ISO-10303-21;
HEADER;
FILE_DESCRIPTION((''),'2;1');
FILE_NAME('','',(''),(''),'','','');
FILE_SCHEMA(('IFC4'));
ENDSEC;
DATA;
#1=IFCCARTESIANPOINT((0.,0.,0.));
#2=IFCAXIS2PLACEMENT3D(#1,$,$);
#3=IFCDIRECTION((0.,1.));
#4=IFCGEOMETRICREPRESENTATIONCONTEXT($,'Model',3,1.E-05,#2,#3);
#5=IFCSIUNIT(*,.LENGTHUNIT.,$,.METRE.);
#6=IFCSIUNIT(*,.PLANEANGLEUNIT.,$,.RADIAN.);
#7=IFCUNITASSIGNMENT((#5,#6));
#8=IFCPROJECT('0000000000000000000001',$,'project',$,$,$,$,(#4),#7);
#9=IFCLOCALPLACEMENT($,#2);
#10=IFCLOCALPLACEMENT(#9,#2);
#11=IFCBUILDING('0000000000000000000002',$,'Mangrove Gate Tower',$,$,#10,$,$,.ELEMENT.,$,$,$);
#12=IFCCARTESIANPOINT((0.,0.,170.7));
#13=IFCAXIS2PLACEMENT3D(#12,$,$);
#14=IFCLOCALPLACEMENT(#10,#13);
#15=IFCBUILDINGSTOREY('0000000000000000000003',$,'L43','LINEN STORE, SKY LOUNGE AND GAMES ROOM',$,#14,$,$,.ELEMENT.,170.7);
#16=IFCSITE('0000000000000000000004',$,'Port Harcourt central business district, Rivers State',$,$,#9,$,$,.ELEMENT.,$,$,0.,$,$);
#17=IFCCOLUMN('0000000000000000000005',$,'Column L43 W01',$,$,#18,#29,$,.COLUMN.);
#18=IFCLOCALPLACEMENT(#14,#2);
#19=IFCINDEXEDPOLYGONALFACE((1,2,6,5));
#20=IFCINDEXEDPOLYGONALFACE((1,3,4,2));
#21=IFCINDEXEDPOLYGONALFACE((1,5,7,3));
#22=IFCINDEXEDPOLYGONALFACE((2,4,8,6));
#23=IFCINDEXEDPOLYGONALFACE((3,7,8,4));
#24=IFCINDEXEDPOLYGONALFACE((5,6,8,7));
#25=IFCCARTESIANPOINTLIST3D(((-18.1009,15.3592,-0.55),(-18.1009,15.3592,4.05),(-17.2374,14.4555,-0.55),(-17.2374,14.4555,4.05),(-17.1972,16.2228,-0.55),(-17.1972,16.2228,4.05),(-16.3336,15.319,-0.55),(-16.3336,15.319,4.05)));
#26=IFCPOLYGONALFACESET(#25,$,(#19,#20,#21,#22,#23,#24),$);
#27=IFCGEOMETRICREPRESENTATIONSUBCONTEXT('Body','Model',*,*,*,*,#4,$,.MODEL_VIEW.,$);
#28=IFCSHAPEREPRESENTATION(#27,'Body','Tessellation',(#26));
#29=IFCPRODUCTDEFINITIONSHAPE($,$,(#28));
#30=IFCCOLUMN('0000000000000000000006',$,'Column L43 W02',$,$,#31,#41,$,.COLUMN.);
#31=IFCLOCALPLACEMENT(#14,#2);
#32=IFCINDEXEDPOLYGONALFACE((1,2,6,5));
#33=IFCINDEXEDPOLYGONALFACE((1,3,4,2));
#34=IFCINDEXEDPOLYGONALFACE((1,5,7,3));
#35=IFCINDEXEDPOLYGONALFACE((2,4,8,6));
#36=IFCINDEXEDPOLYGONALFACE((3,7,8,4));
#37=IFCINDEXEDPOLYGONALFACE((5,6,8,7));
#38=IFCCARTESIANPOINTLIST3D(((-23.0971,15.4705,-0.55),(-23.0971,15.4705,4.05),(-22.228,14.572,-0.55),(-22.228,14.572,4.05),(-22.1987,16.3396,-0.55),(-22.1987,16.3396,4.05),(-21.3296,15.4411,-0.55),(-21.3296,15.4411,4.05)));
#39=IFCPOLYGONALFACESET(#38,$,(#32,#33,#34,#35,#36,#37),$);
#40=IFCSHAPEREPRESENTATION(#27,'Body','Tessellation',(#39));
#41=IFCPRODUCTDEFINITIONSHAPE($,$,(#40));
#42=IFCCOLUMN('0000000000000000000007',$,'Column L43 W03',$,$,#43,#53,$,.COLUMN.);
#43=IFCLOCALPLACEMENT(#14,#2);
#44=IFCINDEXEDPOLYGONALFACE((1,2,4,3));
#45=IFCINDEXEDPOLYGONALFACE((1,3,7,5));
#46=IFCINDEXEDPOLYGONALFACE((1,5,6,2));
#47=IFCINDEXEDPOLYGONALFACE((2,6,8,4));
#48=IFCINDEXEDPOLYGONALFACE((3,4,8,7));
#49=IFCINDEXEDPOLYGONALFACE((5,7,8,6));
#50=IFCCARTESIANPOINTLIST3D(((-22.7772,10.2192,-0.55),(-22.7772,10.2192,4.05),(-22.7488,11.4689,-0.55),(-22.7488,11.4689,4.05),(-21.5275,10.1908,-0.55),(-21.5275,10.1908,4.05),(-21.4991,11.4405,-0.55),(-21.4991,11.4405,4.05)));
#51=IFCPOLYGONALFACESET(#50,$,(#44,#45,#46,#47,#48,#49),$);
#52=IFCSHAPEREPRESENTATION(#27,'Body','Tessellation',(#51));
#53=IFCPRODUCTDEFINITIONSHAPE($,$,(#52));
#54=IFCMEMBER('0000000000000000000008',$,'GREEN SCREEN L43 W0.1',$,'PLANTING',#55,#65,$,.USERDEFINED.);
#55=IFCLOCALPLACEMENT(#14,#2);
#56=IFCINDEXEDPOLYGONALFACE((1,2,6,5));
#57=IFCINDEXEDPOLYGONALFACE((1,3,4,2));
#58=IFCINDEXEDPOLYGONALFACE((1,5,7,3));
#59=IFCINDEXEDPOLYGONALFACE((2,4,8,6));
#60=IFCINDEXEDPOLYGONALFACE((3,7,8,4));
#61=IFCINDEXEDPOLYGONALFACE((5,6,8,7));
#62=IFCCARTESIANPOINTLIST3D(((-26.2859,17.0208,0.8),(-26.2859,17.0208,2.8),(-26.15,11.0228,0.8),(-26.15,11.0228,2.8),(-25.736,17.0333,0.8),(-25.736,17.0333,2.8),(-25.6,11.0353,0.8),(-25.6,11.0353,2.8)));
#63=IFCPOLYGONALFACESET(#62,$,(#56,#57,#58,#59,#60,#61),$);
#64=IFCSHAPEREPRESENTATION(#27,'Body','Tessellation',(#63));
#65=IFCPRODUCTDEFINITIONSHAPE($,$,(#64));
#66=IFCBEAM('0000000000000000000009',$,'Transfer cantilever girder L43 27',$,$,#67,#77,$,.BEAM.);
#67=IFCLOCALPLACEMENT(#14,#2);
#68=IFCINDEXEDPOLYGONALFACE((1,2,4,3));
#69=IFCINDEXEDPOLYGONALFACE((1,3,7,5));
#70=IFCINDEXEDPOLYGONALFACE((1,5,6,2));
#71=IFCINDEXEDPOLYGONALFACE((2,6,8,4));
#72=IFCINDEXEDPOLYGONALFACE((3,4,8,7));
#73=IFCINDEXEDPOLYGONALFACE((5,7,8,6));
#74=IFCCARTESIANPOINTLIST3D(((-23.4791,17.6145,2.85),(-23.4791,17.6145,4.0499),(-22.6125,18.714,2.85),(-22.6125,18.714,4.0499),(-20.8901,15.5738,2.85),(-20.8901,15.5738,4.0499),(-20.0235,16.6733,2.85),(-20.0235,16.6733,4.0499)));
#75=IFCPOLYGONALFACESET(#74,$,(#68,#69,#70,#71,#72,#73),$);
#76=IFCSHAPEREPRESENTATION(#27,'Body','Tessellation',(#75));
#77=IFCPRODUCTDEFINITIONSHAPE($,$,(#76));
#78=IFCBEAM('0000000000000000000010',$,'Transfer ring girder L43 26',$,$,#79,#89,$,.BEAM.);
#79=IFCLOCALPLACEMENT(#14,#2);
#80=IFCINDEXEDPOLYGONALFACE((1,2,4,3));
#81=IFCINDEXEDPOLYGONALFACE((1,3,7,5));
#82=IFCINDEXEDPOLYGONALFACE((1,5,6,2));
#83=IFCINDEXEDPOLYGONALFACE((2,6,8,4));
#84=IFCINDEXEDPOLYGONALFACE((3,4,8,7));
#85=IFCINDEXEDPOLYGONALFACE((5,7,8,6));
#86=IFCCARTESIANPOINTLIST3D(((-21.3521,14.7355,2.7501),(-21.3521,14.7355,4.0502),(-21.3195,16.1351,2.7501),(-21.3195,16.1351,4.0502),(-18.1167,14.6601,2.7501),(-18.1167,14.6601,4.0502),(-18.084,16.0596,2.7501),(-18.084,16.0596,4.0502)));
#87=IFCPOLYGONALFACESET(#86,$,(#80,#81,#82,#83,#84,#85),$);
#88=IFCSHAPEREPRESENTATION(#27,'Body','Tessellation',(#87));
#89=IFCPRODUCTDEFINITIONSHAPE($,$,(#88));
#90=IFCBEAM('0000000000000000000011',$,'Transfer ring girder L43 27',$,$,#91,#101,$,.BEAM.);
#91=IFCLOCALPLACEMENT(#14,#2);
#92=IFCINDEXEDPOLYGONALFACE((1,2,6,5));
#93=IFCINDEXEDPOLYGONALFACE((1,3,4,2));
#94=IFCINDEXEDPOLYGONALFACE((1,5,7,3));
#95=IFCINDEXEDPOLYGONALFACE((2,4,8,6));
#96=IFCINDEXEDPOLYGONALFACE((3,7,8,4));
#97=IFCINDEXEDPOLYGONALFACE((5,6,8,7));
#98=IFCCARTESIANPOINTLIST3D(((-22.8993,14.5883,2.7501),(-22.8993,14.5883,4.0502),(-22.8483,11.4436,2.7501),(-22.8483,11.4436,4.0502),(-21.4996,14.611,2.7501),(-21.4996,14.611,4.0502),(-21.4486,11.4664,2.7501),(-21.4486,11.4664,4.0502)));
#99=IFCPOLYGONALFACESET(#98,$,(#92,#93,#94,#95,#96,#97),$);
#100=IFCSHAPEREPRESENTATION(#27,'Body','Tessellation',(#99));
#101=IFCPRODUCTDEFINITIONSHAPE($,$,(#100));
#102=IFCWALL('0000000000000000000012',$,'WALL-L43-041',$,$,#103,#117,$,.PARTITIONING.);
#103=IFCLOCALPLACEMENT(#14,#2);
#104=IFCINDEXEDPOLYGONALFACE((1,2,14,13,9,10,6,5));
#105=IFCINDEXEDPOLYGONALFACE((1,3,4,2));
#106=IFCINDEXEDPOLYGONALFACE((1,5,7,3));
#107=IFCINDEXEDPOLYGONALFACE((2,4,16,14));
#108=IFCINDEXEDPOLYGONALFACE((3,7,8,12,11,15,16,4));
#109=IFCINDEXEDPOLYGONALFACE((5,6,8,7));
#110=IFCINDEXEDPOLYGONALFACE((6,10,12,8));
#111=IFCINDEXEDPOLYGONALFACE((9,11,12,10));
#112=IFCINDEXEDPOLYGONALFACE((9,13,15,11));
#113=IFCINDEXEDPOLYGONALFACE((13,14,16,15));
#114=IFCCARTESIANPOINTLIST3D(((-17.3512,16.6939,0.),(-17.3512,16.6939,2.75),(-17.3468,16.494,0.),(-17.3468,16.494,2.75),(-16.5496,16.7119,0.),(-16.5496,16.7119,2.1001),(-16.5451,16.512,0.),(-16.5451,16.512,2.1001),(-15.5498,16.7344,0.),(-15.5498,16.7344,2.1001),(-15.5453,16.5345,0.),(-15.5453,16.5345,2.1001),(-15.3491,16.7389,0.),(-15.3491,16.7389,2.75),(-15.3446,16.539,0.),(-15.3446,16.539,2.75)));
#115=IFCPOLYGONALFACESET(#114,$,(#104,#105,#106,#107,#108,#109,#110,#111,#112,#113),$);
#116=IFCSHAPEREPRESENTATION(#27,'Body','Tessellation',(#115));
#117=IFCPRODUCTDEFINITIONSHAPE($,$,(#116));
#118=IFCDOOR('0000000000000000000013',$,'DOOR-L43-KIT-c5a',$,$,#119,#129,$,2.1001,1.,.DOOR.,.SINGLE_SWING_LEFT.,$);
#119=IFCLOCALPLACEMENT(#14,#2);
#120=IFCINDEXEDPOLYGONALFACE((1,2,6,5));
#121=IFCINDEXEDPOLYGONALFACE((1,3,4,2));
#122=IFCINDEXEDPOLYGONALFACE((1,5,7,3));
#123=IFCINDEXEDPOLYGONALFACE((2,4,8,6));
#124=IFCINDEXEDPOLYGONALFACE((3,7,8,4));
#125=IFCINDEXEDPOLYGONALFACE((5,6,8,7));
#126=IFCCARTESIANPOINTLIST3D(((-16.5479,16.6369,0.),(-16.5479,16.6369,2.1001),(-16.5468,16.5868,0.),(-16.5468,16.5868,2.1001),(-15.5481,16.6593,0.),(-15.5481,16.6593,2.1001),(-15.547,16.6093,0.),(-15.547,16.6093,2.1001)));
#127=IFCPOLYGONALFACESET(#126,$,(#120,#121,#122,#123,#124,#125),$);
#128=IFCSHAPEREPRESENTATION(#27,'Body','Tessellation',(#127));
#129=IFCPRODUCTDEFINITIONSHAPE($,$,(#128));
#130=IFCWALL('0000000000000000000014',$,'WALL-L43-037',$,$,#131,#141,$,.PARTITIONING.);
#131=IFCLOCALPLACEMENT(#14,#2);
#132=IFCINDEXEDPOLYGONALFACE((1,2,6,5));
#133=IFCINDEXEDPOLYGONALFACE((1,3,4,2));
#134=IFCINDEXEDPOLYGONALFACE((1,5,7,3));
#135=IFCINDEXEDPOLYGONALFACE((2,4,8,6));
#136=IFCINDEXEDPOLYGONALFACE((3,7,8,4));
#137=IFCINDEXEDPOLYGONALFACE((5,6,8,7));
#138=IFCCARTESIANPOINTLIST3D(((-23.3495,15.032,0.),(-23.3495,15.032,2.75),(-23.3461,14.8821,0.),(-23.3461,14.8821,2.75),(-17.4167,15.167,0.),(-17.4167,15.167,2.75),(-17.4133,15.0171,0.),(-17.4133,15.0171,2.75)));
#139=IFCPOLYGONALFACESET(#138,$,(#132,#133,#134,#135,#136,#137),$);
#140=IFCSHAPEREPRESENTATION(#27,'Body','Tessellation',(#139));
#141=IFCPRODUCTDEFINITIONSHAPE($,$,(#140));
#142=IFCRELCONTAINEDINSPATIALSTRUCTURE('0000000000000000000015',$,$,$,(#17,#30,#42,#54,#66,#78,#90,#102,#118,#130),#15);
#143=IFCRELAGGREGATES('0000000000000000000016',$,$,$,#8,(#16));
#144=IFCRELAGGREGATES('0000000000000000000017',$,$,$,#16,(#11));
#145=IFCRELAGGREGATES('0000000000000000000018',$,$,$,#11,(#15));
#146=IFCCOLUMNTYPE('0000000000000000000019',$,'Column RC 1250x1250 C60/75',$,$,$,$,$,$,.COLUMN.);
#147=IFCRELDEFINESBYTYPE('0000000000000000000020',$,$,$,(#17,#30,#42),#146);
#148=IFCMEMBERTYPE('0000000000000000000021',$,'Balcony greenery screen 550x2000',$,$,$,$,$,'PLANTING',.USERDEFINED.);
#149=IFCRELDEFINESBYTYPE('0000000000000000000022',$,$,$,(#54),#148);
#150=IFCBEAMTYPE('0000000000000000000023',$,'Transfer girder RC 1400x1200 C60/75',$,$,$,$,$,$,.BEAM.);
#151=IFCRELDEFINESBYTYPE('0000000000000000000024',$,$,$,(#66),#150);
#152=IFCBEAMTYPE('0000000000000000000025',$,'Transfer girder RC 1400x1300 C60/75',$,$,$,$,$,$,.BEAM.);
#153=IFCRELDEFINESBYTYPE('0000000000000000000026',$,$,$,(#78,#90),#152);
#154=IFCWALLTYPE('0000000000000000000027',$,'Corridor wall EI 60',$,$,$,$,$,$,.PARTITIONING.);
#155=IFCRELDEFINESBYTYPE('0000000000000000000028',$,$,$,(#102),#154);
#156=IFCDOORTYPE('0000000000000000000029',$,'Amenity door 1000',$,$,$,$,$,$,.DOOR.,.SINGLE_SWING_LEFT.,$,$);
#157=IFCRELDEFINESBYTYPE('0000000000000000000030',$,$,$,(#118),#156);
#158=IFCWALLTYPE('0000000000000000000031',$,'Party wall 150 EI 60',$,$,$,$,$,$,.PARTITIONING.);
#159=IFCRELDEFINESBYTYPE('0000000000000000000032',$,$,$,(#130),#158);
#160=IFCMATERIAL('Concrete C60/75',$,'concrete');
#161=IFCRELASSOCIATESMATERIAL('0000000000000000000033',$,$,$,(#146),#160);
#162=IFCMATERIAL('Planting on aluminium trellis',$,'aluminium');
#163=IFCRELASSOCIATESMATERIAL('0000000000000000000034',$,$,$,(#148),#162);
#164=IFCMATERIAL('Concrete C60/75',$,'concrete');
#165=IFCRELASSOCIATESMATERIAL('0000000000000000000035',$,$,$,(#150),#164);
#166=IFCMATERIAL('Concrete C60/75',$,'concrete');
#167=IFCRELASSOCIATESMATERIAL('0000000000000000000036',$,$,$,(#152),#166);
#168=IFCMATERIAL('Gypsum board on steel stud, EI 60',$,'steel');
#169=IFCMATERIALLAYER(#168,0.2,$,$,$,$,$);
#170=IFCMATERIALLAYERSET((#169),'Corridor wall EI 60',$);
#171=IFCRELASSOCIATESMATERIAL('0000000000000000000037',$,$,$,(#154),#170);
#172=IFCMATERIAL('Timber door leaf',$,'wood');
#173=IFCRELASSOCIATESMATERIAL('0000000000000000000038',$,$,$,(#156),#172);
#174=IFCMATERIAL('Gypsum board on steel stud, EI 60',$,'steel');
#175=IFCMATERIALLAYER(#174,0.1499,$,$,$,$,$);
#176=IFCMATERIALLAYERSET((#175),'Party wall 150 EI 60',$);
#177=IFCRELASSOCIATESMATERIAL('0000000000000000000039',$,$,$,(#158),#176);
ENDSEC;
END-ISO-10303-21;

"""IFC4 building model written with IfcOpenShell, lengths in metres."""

from ifc_helpers import new_model, si_unit, direction, frame, frame_2d, origin, origin_2d, place, context, subcontext, project, spatial, rectangle, extrude, material, layer, layer_set, material_profile, profile_set, type_object, element, fill, save


model = new_model("IFC4")

# Units and contexts
model_context = context("Model", 3, precision=1e-05, world=origin(), true_north=direction((0.0, 1.0)))
body_context = subcontext(model_context, "Body", "Model", "MODEL_VIEW")
ifc_project = project(units=[si_unit("LENGTHUNIT", "METRE"), si_unit("PLANEANGLEUNIT", "RADIAN")], contexts=[model_context])

# Site, building, storey
site_placement = place(None, origin())
site = spatial("IfcSite", under=ifc_project, at=site_placement, Name="Port Harcourt central business district, Rivers State", CompositionType="ELEMENT", RefElevation=0.0)
building_placement = place(site_placement, origin())
building = spatial("IfcBuilding", under=site, at=building_placement, Name="Mangrove Gate Tower", CompositionType="ELEMENT")
storey_placement = place(building_placement, frame((0.0, 0.0, 170.7)))
storey = spatial("IfcBuildingStorey", under=building, at=storey_placement, Name="L43", Description="LINEN STORE, SKY LOUNGE AND GAMES ROOM", CompositionType="ELEMENT", Elevation=170.7)

# Columns
ifc_material_1 = material(Name="Concrete C60/75", Category="concrete")
ifc_material_profile_1 = material_profile(ifc_material_1, rectangle(XDim=1.25, YDim=1.25, at=origin_2d()))
ifc_profile_set_1 = profile_set([ifc_material_profile_1], Name="Concrete C60/75")
column_type = type_object("IfcColumnType", Name="Column RC 1250x1250 C60/75", PredefinedType="COLUMN", material=ifc_profile_set_1)
for number, where, z_axis, x_axis, name in (
    (1, (-17.2173, 15.3391, -0.55), (0.0, 0.0, 1.0), (-0.722977, -0.690873, 0.0), "Column L43 W01"),
    (2, (-22.2134, 15.4558, -0.55), (0.0, 0.0, 1.0), (-0.718745, -0.695274, 0.0), "Column L43 W02"),
    (3, (-22.1382, 10.8298, -0.55), (0.0, 0.0, 1.0), (-0.022717, -0.999742, 0.0), "Column L43 W03"),
):
    element("IfcColumn", number, at=place(storey_placement, frame(where, z_axis=z_axis, x_axis=x_axis)), inside=storey, type_object=column_type, Name=name, PredefinedType="COLUMN", context=body_context, shape_type="SweptSolid", body=[
        extrude(rectangle(XDim=1.25, YDim=1.25, at=origin_2d()), origin(), (0.0, 0.0, 1.0), 4.6001),
    ])

# Member
ifc_material_2 = material(Name="Planting on aluminium trellis", Category="aluminium")
ifc_material_profile_2 = material_profile(ifc_material_2, rectangle(XDim=0.55, YDim=2.0, at=origin_2d()))
ifc_profile_set_2 = profile_set([ifc_material_profile_2], Name="Planting on aluminium trellis")
member_type = type_object("IfcMemberType", Name="Balcony greenery screen 550x2000", ElementType="PLANTING", PredefinedType="USERDEFINED", material=ifc_profile_set_2)
member_placement = place(storey_placement, frame((-25.875, 11.0291, 1.8), z_axis=(-0.022666, 0.999743, 0.0), x_axis=(-0.999743, -0.022666, 0.0)))
element("IfcMember", 4, at=member_placement, inside=storey, type_object=member_type, Name="GREEN SCREEN L43 W0.1", ObjectType="PLANTING", PredefinedType="USERDEFINED", context=body_context, shape_type="SweptSolid", body=[
    extrude(rectangle(XDim=0.55, YDim=2.0, at=origin_2d()), origin(), (0.0, 0.0, 1.0), 5.9995),
])

# Beams
ifc_material_3 = material(Name="Concrete C60/75", Category="concrete")
ifc_material_profile_3 = material_profile(ifc_material_3, rectangle(XDim=1.3999, YDim=1.2, at=origin_2d()))
ifc_profile_set_3 = profile_set([ifc_material_profile_3], Name="Concrete C60/75")
beam_type_1 = type_object("IfcBeamType", Name="Transfer girder RC 1400x1200 C60/75", PredefinedType="BEAM", material=ifc_profile_set_3)
beam_1_placement = place(storey_placement, frame((-20.4568, 16.1235, 3.45), z_axis=(-0.785364, 0.619034, 0.0), x_axis=(-0.619034, -0.785364, 0.0)))
element("IfcBeam", 5, at=beam_1_placement, inside=storey, type_object=beam_type_1, Name="Transfer cantilever girder L43 27", PredefinedType="BEAM", context=body_context, shape_type="SweptSolid", body=[
    extrude(rectangle(XDim=1.3999, YDim=1.2, at=origin_2d()), origin(), (0.0, 0.0, 1.0), 3.2966),
])
ifc_material_4 = material(Name="Concrete C60/75", Category="concrete")
ifc_material_profile_4 = material_profile(ifc_material_4, rectangle(XDim=1.3999, YDim=1.3, at=origin_2d()))
ifc_profile_set_4 = profile_set([ifc_material_profile_4], Name="Concrete C60/75")
beam_type_2 = type_object("IfcBeamType", Name="Transfer girder RC 1400x1300 C60/75", PredefinedType="BEAM", material=ifc_profile_set_4)
beam_2_placement = place(storey_placement, frame((-18.1003, 15.3599, 3.4001), z_axis=(-0.999728, 0.023311, 0.0), x_axis=(-0.023311, -0.999728, 0.0)))
element("IfcBeam", 6, at=beam_2_placement, inside=storey, type_object=beam_type_2, Name="Transfer ring girder L43 26", PredefinedType="BEAM", context=body_context, shape_type="SweptSolid", body=[
    extrude(rectangle(XDim=1.3999, YDim=1.3, at=origin_2d()), origin(), (0.0, 0.0, 1.0), 3.2363),
])
beam_3_placement = place(storey_placement, frame((-22.1995, 14.5996, 3.4001), z_axis=(0.016225, -0.999868, 0.0), x_axis=(0.999868, 0.016225, 0.0)))
element("IfcBeam", 7, at=beam_3_placement, inside=storey, type_object=beam_type_2, Name="Transfer ring girder L43 27", PredefinedType="BEAM", context=body_context, shape_type="SweptSolid", body=[
    extrude(rectangle(XDim=1.3999, YDim=1.3, at=origin_2d()), origin(), (0.0, 0.0, 1.0), 3.145),
])

# Wall, opening, door
ifc_material_5 = material(Name="Gypsum board on steel stud, EI 60", Category="steel")
ifc_layer_1 = layer(ifc_material_5, 0.2)
ifc_layer_set_1 = layer_set([ifc_layer_1], Name="Corridor wall EI 60")
wall_type_1 = type_object("IfcWallType", Name="Corridor wall EI 60", PredefinedType="PARTITIONING", material=ifc_layer_set_1)
wall_1_placement = place(storey_placement, frame((-17.3491, 16.594, 0.0), z_axis=(0.0, 0.0, 1.0), x_axis=(0.999748, 0.022431, 0.0)))
wall_1 = element("IfcWall", 8, at=wall_1_placement, inside=storey, type_object=wall_type_1, Name="WALL-L43-041", PredefinedType="PARTITIONING", context=body_context, shape_type="SweptSolid", body=[
    extrude(rectangle(XDim=2.0027, YDim=0.2, at=frame_2d((1.0015, 0.0))), origin(), (0.0, 0.0, 1.0), 2.75),
])
opening_1_placement = place(wall_1_placement, frame((0.802, 0.0, 0.0)))
opening_1 = element("IfcOpeningElement", 9, at=opening_1_placement, cuts=wall_1, PredefinedType="OPENING", context=body_context, shape_type="SweptSolid", body=[
    extrude(rectangle(XDim=1.0, YDim=2.1001, at=frame_2d((0.5, 1.05))), frame((0.0, 0.1099, 0.0), z_axis=(0.0, -1.0, 0.0), x_axis=(1.0, 0.0, 0.0)), (0.0, 0.0, 1.0), 0.22),
])
ifc_material_6 = material(Name="Timber door leaf", Category="wood")
door_type_1 = type_object("IfcDoorType", Name="Amenity door 1000", OperationType="SINGLE_SWING_LEFT", PredefinedType="DOOR", material=ifc_material_6)
door_1_placement = place(opening_1_placement, origin())
door_1 = element("IfcDoor", 10, at=door_1_placement, inside=storey, type_object=door_type_1, Name="DOOR-L43-KIT-c5a", OperationType="SINGLE_SWING_LEFT", OverallHeight=2.1001, OverallWidth=1.0, PredefinedType="DOOR", context=body_context, shape_type="SweptSolid", body=[
    extrude(rectangle(XDim=1.0, YDim=2.1001, at=frame_2d((0.5, 1.05))), frame((0.0, 0.0249, 0.0), z_axis=(0.0, -1.0, 0.0), x_axis=(1.0, 0.0, 0.0)), (0.0, 0.0, 1.0), 0.05),
])
fill(opening_1, door_1)

# Wall
ifc_material_7 = material(Name="Gypsum board on steel stud, EI 60", Category="steel")
ifc_layer_2 = layer(ifc_material_7, 0.1499)
ifc_layer_set_2 = layer_set([ifc_layer_2], Name="Party wall 150 EI 60")
wall_type_2 = type_object("IfcWallType", Name="Party wall 150 EI 60", PredefinedType="PARTITIONING", material=ifc_layer_set_2)
wall_2_placement = place(storey_placement, frame((-23.3479, 14.957, 0.0), z_axis=(0.0, 0.0, 1.0), x_axis=(0.999741, 0.02275, 0.0)))
element("IfcWall", 11, at=wall_2_placement, inside=storey, type_object=wall_type_2, Name="WALL-L43-037", PredefinedType="PARTITIONING", context=body_context, shape_type="SweptSolid", body=[
    extrude(rectangle(XDim=5.9343, YDim=0.1499, at=frame_2d((2.9673, 0.0))), origin(), (0.0, 0.0, 1.0), 2.75),
])

save(model, "model.ifc")
